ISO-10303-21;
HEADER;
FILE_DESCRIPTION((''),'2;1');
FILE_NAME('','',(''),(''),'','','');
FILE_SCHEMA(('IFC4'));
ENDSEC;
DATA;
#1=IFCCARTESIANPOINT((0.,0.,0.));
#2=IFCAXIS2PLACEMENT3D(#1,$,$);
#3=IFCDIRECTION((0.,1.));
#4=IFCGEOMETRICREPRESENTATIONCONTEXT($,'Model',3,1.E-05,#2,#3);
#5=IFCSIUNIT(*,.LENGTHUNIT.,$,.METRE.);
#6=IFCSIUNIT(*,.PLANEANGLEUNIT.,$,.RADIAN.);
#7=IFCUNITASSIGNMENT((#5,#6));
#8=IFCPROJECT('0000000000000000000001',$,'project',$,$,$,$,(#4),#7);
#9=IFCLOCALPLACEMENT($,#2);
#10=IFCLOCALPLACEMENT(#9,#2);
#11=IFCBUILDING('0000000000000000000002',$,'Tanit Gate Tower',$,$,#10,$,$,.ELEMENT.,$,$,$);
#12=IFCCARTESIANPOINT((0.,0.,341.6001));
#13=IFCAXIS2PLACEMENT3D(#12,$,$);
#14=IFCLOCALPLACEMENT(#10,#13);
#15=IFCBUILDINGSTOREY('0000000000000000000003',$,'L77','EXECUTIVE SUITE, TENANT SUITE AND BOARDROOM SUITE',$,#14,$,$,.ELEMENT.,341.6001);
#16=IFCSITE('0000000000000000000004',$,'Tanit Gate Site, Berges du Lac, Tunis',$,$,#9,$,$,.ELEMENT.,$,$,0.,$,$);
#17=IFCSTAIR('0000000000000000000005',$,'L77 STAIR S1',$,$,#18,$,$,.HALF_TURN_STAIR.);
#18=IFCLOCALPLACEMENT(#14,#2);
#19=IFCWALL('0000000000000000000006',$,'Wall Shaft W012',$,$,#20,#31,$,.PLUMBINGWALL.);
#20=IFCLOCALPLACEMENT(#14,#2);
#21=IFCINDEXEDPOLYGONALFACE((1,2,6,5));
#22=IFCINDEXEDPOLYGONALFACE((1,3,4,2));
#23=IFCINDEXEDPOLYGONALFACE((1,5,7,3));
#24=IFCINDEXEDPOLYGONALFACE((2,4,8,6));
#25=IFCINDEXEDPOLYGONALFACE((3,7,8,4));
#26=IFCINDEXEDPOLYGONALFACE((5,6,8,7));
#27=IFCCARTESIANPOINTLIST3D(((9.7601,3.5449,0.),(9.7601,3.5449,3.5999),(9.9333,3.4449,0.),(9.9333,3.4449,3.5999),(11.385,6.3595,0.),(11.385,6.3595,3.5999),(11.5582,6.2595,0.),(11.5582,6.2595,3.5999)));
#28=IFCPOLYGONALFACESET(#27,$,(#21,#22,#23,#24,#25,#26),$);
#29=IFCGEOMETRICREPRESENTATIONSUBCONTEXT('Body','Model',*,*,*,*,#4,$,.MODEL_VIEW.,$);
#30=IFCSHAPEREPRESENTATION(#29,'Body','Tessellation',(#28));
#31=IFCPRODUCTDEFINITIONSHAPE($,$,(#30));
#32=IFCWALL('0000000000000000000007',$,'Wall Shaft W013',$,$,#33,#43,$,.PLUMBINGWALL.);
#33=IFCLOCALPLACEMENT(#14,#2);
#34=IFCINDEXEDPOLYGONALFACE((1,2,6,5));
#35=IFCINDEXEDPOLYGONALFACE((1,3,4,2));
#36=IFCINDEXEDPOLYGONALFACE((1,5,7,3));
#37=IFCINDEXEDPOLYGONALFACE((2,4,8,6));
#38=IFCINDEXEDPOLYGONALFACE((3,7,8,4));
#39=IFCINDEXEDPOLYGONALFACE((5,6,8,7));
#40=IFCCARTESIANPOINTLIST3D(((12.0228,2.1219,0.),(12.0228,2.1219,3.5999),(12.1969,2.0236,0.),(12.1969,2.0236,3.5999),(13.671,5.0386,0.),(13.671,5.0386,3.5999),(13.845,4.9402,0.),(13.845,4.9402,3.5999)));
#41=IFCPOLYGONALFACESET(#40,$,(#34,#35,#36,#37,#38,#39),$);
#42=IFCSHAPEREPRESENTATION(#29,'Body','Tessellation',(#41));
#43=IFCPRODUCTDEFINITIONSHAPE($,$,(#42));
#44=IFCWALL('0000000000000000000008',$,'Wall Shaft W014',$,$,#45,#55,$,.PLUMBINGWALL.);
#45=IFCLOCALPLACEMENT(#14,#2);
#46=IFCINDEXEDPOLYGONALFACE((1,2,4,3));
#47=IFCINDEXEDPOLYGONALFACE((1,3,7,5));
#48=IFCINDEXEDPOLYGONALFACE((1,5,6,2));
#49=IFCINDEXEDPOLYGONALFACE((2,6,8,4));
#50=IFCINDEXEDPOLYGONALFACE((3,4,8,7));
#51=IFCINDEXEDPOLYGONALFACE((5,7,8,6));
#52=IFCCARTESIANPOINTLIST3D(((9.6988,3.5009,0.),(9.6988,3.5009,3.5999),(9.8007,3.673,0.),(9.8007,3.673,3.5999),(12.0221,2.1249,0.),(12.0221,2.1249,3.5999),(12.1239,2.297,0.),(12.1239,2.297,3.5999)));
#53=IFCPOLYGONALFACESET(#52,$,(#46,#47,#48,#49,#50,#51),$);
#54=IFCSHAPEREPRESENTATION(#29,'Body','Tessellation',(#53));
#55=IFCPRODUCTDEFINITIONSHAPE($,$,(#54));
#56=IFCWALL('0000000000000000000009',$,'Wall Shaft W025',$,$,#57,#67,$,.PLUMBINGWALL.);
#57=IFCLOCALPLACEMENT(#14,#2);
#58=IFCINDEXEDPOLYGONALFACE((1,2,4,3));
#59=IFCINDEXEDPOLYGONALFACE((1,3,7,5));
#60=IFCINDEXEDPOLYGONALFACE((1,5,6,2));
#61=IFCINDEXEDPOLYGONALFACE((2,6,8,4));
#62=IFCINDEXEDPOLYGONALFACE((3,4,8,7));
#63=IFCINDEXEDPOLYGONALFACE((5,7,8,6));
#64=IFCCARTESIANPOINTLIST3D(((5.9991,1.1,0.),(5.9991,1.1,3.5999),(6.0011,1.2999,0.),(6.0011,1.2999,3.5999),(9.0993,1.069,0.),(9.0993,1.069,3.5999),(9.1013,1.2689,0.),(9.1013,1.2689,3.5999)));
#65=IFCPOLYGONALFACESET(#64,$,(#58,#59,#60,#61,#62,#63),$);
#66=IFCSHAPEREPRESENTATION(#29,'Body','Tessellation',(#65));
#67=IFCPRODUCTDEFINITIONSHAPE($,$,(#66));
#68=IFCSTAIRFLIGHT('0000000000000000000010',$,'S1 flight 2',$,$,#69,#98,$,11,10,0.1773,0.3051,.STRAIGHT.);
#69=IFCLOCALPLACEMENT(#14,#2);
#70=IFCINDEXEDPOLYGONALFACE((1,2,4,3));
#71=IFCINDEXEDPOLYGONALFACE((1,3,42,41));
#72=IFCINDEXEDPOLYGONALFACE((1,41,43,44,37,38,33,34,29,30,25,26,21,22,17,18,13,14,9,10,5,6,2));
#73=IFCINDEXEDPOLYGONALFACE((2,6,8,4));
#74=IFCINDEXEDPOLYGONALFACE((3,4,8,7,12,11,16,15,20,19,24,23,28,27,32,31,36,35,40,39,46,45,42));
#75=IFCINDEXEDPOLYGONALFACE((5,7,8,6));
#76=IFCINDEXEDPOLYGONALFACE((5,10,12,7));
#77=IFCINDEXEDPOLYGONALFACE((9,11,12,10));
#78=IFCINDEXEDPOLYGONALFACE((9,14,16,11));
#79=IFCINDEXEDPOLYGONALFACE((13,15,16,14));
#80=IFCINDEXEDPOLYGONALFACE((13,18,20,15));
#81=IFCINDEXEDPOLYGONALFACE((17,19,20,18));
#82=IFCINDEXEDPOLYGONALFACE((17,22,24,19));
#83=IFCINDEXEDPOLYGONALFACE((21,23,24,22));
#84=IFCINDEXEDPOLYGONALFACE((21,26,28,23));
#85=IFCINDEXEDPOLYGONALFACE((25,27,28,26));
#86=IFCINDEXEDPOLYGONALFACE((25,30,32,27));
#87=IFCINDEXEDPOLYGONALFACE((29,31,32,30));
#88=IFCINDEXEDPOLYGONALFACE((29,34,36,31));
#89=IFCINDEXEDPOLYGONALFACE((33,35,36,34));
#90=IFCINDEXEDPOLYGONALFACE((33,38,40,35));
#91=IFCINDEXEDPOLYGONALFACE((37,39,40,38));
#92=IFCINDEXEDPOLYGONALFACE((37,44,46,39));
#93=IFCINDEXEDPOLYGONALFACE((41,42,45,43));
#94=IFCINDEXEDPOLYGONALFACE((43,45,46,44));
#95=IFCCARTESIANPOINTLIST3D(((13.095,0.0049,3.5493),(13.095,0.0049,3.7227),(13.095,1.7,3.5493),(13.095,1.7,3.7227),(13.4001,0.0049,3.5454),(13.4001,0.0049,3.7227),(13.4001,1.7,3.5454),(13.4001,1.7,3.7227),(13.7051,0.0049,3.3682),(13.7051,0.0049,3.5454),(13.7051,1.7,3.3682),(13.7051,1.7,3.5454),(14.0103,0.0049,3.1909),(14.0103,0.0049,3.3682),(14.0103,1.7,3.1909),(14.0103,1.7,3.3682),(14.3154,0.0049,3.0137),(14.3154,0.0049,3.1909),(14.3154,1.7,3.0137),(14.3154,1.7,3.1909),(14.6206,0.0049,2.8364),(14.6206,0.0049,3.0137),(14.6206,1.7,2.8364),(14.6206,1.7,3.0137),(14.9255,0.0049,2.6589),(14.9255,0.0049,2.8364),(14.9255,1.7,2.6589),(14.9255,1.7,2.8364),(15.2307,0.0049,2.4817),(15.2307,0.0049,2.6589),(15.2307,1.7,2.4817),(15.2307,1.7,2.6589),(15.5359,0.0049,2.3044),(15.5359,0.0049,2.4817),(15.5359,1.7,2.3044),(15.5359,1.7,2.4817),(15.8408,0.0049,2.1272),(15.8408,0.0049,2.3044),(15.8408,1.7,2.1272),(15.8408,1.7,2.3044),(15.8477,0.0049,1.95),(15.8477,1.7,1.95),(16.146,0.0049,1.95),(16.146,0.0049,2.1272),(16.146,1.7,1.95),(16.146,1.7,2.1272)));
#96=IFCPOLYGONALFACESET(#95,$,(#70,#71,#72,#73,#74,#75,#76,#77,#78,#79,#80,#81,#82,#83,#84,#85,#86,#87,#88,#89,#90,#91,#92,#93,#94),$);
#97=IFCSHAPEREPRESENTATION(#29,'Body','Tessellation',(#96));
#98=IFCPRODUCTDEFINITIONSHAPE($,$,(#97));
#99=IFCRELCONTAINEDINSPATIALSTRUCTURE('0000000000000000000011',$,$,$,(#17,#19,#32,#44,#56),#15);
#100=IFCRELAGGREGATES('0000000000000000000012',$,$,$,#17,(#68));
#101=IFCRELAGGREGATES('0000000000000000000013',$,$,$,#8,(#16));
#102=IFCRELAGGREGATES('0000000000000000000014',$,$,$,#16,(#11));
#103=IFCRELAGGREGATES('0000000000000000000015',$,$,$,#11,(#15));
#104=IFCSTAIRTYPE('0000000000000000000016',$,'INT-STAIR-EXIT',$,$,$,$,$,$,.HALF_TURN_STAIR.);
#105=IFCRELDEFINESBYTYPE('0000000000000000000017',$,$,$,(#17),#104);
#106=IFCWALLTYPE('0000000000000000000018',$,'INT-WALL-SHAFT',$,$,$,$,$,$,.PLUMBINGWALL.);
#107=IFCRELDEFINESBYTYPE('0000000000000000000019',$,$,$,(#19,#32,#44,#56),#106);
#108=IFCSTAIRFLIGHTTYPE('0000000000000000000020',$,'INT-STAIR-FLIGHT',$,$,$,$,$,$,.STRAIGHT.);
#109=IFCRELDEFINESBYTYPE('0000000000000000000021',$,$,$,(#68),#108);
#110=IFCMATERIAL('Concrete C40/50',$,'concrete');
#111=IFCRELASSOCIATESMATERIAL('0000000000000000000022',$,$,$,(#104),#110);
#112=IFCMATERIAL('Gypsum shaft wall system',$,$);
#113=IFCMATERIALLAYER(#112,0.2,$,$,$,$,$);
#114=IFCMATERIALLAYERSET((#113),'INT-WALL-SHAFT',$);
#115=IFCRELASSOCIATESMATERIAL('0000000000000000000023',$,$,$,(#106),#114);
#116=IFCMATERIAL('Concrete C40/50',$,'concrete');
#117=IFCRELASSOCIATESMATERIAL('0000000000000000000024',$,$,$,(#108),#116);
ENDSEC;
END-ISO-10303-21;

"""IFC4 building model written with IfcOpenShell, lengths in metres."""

from ifc_helpers import new_model, si_unit, direction, frame, frame_2d, origin, place, context, subcontext, project, spatial, polyline, rectangle, outline, extrude, material, layer, layer_set, type_object, element, aggregate, save


model = new_model("IFC4")

# Units and contexts
model_context = context("Model", 3, precision=1e-05, world=origin(), true_north=direction((0.0, 1.0)))
body_context = subcontext(model_context, "Body", "Model", "MODEL_VIEW")
ifc_project = project(units=[si_unit("LENGTHUNIT", "METRE"), si_unit("PLANEANGLEUNIT", "RADIAN")], contexts=[model_context])

# Site, building, storey
site_placement = place(None, origin())
site = spatial("IfcSite", under=ifc_project, at=site_placement, Name="Tanit Gate Site, Berges du Lac, Tunis", CompositionType="ELEMENT", RefElevation=0.0)
building_placement = place(site_placement, origin())
building = spatial("IfcBuilding", under=site, at=building_placement, Name="Tanit Gate Tower", CompositionType="ELEMENT")
storey_placement = place(building_placement, frame((0.0, 0.0, 341.6001)))
storey = spatial("IfcBuildingStorey", under=building, at=storey_placement, Name="L77", Description="EXECUTIVE SUITE, TENANT SUITE AND BOARDROOM SUITE", CompositionType="ELEMENT", Elevation=341.6001)

# Stair
ifc_material_1 = material(Name="Concrete C40/50", Category="concrete")
stair_type = type_object("IfcStairType", Name="INT-STAIR-EXIT", PredefinedType="HALF_TURN_STAIR", material=ifc_material_1)
stair_1_placement = place(storey_placement, origin())
stair_1 = element("IfcStair", 1, at=stair_1_placement, inside=storey, type_object=stair_type, Name="L77 STAIR S1", PredefinedType="HALF_TURN_STAIR")

# Walls
ifc_material_2 = material(Name="Gypsum shaft wall system")
ifc_layer_1 = layer(ifc_material_2, 0.2)
ifc_layer_set_1 = layer_set([ifc_layer_1], Name="INT-WALL-SHAFT")
wall_type_1 = type_object("IfcWallType", Name="INT-WALL-SHAFT", PredefinedType="PLUMBINGWALL", material=ifc_layer_set_1)
wall_1_placement = place(storey_placement, frame((9.8467, 3.4949, 0.0), z_axis=(0.0, 0.0, 1.0), x_axis=(0.499985, 0.866034, 0.0)))
element("IfcWall", 2, at=wall_1_placement, inside=storey, type_object=wall_type_1, Name="Wall Shaft W012", PredefinedType="PLUMBINGWALL", context=body_context, shape_type="SweptSolid", body=[
    extrude(rectangle(XDim=3.25, YDim=0.2, at=frame_2d((1.625, 0.0))), origin(), (0.0, 0.0, 1.0), 3.5999),
])
wall_2_placement = place(storey_placement, frame((12.1099, 2.0728, 0.0), z_axis=(0.0, 0.0, 1.0), x_axis=(0.491966, 0.870614, 0.0)))
element("IfcWall", 3, at=wall_2_placement, inside=storey, type_object=wall_type_1, Name="Wall Shaft W013", PredefinedType="PLUMBINGWALL", context=body_context, shape_type="SweptSolid", body=[
    extrude(rectangle(XDim=3.3501, YDim=0.2, at=frame_2d((1.675, 0.0))), origin(), (0.0, 0.0, 1.0), 3.5999),
])
wall_3_placement = place(storey_placement, frame((12.073, 2.2109, 0.0), z_axis=(0.0, 0.0, 1.0), x_axis=(-0.860415, 0.509594, 0.0)))
element("IfcWall", 4, at=wall_3_placement, inside=storey, type_object=wall_type_1, Name="Wall Shaft W014", PredefinedType="PLUMBINGWALL", context=body_context, shape_type="SweptSolid", body=[
    extrude(rectangle(XDim=2.7002, YDim=0.2, at=frame_2d((1.3501, 0.0))), origin(), (0.0, 0.0, 1.0), 3.5999),
])

# Wall
wall_4_placement = place(storey_placement, frame((6.0, 1.2, 0.0), z_axis=(0.0, 0.0, 1.0), x_axis=(0.99995, -0.010001, 0.0)))
element("IfcWall", 5, at=wall_4_placement, inside=storey, type_object=wall_type_1, Name="Wall Shaft W025", PredefinedType="PLUMBINGWALL", context=body_context, shape_type="SweptSolid", body=[
    extrude(rectangle(XDim=3.1003, YDim=0.2, at=frame_2d((1.5503, 0.0))), origin(), (0.0, 0.0, 1.0), 3.5999),
])

# Stair flight
ifc_material_3 = material(Name="Concrete C40/50", Category="concrete")
stair_flight_type = type_object("IfcStairFlightType", Name="INT-STAIR-FLIGHT", PredefinedType="STRAIGHT", material=ifc_material_3)
stair_flight_placement = place(storey_placement, frame((16.146, 0.8525, 1.95), z_axis=(0.0, 0.0, 1.0), x_axis=(-1.0, 0.0, 0.0)))
stair_flight = element("IfcStairFlight", 6, at=stair_flight_placement, type_object=stair_flight_type, Name="S1 flight 2", NumberOfRisers=11, NumberOfTreads=10, PredefinedType="STRAIGHT", RiserHeight=0.1773, TreadLength=0.3051, context=body_context, shape_type="SweptSolid", body=[
    extrude(outline(polyline([(0.0, 0.0), (0.0, 0.1772), (0.3052, 0.1772), (0.3052, 0.3545), (0.6101, 0.3545), (0.6101, 0.5317), (0.9153, 0.5317), (0.9153, 0.709), (1.2205, 0.709), (1.2205, 0.8865), (1.5254, 0.8865), (1.5254, 1.0637), (1.8306, 1.0637), (1.8306, 1.241), (2.1357, 1.241), (2.1357, 1.4182), (2.4409, 1.4182), (2.4409, 1.5955), (2.7458, 1.5955), (2.7458, 1.7727), (3.051, 1.7727), (3.051, 1.95), (3.051, 1.5994), (0.2983, 0.0), (0.0, 0.0)])), frame((0.0, 0.8477, 0.0), z_axis=(0.0, -1.0, 0.0), x_axis=(1.0, 0.0, 0.0)), (0.0, 0.0, 1.0), 1.6951),
])
aggregate(stair_1, [stair_flight])

save(model, "model.ifc")
